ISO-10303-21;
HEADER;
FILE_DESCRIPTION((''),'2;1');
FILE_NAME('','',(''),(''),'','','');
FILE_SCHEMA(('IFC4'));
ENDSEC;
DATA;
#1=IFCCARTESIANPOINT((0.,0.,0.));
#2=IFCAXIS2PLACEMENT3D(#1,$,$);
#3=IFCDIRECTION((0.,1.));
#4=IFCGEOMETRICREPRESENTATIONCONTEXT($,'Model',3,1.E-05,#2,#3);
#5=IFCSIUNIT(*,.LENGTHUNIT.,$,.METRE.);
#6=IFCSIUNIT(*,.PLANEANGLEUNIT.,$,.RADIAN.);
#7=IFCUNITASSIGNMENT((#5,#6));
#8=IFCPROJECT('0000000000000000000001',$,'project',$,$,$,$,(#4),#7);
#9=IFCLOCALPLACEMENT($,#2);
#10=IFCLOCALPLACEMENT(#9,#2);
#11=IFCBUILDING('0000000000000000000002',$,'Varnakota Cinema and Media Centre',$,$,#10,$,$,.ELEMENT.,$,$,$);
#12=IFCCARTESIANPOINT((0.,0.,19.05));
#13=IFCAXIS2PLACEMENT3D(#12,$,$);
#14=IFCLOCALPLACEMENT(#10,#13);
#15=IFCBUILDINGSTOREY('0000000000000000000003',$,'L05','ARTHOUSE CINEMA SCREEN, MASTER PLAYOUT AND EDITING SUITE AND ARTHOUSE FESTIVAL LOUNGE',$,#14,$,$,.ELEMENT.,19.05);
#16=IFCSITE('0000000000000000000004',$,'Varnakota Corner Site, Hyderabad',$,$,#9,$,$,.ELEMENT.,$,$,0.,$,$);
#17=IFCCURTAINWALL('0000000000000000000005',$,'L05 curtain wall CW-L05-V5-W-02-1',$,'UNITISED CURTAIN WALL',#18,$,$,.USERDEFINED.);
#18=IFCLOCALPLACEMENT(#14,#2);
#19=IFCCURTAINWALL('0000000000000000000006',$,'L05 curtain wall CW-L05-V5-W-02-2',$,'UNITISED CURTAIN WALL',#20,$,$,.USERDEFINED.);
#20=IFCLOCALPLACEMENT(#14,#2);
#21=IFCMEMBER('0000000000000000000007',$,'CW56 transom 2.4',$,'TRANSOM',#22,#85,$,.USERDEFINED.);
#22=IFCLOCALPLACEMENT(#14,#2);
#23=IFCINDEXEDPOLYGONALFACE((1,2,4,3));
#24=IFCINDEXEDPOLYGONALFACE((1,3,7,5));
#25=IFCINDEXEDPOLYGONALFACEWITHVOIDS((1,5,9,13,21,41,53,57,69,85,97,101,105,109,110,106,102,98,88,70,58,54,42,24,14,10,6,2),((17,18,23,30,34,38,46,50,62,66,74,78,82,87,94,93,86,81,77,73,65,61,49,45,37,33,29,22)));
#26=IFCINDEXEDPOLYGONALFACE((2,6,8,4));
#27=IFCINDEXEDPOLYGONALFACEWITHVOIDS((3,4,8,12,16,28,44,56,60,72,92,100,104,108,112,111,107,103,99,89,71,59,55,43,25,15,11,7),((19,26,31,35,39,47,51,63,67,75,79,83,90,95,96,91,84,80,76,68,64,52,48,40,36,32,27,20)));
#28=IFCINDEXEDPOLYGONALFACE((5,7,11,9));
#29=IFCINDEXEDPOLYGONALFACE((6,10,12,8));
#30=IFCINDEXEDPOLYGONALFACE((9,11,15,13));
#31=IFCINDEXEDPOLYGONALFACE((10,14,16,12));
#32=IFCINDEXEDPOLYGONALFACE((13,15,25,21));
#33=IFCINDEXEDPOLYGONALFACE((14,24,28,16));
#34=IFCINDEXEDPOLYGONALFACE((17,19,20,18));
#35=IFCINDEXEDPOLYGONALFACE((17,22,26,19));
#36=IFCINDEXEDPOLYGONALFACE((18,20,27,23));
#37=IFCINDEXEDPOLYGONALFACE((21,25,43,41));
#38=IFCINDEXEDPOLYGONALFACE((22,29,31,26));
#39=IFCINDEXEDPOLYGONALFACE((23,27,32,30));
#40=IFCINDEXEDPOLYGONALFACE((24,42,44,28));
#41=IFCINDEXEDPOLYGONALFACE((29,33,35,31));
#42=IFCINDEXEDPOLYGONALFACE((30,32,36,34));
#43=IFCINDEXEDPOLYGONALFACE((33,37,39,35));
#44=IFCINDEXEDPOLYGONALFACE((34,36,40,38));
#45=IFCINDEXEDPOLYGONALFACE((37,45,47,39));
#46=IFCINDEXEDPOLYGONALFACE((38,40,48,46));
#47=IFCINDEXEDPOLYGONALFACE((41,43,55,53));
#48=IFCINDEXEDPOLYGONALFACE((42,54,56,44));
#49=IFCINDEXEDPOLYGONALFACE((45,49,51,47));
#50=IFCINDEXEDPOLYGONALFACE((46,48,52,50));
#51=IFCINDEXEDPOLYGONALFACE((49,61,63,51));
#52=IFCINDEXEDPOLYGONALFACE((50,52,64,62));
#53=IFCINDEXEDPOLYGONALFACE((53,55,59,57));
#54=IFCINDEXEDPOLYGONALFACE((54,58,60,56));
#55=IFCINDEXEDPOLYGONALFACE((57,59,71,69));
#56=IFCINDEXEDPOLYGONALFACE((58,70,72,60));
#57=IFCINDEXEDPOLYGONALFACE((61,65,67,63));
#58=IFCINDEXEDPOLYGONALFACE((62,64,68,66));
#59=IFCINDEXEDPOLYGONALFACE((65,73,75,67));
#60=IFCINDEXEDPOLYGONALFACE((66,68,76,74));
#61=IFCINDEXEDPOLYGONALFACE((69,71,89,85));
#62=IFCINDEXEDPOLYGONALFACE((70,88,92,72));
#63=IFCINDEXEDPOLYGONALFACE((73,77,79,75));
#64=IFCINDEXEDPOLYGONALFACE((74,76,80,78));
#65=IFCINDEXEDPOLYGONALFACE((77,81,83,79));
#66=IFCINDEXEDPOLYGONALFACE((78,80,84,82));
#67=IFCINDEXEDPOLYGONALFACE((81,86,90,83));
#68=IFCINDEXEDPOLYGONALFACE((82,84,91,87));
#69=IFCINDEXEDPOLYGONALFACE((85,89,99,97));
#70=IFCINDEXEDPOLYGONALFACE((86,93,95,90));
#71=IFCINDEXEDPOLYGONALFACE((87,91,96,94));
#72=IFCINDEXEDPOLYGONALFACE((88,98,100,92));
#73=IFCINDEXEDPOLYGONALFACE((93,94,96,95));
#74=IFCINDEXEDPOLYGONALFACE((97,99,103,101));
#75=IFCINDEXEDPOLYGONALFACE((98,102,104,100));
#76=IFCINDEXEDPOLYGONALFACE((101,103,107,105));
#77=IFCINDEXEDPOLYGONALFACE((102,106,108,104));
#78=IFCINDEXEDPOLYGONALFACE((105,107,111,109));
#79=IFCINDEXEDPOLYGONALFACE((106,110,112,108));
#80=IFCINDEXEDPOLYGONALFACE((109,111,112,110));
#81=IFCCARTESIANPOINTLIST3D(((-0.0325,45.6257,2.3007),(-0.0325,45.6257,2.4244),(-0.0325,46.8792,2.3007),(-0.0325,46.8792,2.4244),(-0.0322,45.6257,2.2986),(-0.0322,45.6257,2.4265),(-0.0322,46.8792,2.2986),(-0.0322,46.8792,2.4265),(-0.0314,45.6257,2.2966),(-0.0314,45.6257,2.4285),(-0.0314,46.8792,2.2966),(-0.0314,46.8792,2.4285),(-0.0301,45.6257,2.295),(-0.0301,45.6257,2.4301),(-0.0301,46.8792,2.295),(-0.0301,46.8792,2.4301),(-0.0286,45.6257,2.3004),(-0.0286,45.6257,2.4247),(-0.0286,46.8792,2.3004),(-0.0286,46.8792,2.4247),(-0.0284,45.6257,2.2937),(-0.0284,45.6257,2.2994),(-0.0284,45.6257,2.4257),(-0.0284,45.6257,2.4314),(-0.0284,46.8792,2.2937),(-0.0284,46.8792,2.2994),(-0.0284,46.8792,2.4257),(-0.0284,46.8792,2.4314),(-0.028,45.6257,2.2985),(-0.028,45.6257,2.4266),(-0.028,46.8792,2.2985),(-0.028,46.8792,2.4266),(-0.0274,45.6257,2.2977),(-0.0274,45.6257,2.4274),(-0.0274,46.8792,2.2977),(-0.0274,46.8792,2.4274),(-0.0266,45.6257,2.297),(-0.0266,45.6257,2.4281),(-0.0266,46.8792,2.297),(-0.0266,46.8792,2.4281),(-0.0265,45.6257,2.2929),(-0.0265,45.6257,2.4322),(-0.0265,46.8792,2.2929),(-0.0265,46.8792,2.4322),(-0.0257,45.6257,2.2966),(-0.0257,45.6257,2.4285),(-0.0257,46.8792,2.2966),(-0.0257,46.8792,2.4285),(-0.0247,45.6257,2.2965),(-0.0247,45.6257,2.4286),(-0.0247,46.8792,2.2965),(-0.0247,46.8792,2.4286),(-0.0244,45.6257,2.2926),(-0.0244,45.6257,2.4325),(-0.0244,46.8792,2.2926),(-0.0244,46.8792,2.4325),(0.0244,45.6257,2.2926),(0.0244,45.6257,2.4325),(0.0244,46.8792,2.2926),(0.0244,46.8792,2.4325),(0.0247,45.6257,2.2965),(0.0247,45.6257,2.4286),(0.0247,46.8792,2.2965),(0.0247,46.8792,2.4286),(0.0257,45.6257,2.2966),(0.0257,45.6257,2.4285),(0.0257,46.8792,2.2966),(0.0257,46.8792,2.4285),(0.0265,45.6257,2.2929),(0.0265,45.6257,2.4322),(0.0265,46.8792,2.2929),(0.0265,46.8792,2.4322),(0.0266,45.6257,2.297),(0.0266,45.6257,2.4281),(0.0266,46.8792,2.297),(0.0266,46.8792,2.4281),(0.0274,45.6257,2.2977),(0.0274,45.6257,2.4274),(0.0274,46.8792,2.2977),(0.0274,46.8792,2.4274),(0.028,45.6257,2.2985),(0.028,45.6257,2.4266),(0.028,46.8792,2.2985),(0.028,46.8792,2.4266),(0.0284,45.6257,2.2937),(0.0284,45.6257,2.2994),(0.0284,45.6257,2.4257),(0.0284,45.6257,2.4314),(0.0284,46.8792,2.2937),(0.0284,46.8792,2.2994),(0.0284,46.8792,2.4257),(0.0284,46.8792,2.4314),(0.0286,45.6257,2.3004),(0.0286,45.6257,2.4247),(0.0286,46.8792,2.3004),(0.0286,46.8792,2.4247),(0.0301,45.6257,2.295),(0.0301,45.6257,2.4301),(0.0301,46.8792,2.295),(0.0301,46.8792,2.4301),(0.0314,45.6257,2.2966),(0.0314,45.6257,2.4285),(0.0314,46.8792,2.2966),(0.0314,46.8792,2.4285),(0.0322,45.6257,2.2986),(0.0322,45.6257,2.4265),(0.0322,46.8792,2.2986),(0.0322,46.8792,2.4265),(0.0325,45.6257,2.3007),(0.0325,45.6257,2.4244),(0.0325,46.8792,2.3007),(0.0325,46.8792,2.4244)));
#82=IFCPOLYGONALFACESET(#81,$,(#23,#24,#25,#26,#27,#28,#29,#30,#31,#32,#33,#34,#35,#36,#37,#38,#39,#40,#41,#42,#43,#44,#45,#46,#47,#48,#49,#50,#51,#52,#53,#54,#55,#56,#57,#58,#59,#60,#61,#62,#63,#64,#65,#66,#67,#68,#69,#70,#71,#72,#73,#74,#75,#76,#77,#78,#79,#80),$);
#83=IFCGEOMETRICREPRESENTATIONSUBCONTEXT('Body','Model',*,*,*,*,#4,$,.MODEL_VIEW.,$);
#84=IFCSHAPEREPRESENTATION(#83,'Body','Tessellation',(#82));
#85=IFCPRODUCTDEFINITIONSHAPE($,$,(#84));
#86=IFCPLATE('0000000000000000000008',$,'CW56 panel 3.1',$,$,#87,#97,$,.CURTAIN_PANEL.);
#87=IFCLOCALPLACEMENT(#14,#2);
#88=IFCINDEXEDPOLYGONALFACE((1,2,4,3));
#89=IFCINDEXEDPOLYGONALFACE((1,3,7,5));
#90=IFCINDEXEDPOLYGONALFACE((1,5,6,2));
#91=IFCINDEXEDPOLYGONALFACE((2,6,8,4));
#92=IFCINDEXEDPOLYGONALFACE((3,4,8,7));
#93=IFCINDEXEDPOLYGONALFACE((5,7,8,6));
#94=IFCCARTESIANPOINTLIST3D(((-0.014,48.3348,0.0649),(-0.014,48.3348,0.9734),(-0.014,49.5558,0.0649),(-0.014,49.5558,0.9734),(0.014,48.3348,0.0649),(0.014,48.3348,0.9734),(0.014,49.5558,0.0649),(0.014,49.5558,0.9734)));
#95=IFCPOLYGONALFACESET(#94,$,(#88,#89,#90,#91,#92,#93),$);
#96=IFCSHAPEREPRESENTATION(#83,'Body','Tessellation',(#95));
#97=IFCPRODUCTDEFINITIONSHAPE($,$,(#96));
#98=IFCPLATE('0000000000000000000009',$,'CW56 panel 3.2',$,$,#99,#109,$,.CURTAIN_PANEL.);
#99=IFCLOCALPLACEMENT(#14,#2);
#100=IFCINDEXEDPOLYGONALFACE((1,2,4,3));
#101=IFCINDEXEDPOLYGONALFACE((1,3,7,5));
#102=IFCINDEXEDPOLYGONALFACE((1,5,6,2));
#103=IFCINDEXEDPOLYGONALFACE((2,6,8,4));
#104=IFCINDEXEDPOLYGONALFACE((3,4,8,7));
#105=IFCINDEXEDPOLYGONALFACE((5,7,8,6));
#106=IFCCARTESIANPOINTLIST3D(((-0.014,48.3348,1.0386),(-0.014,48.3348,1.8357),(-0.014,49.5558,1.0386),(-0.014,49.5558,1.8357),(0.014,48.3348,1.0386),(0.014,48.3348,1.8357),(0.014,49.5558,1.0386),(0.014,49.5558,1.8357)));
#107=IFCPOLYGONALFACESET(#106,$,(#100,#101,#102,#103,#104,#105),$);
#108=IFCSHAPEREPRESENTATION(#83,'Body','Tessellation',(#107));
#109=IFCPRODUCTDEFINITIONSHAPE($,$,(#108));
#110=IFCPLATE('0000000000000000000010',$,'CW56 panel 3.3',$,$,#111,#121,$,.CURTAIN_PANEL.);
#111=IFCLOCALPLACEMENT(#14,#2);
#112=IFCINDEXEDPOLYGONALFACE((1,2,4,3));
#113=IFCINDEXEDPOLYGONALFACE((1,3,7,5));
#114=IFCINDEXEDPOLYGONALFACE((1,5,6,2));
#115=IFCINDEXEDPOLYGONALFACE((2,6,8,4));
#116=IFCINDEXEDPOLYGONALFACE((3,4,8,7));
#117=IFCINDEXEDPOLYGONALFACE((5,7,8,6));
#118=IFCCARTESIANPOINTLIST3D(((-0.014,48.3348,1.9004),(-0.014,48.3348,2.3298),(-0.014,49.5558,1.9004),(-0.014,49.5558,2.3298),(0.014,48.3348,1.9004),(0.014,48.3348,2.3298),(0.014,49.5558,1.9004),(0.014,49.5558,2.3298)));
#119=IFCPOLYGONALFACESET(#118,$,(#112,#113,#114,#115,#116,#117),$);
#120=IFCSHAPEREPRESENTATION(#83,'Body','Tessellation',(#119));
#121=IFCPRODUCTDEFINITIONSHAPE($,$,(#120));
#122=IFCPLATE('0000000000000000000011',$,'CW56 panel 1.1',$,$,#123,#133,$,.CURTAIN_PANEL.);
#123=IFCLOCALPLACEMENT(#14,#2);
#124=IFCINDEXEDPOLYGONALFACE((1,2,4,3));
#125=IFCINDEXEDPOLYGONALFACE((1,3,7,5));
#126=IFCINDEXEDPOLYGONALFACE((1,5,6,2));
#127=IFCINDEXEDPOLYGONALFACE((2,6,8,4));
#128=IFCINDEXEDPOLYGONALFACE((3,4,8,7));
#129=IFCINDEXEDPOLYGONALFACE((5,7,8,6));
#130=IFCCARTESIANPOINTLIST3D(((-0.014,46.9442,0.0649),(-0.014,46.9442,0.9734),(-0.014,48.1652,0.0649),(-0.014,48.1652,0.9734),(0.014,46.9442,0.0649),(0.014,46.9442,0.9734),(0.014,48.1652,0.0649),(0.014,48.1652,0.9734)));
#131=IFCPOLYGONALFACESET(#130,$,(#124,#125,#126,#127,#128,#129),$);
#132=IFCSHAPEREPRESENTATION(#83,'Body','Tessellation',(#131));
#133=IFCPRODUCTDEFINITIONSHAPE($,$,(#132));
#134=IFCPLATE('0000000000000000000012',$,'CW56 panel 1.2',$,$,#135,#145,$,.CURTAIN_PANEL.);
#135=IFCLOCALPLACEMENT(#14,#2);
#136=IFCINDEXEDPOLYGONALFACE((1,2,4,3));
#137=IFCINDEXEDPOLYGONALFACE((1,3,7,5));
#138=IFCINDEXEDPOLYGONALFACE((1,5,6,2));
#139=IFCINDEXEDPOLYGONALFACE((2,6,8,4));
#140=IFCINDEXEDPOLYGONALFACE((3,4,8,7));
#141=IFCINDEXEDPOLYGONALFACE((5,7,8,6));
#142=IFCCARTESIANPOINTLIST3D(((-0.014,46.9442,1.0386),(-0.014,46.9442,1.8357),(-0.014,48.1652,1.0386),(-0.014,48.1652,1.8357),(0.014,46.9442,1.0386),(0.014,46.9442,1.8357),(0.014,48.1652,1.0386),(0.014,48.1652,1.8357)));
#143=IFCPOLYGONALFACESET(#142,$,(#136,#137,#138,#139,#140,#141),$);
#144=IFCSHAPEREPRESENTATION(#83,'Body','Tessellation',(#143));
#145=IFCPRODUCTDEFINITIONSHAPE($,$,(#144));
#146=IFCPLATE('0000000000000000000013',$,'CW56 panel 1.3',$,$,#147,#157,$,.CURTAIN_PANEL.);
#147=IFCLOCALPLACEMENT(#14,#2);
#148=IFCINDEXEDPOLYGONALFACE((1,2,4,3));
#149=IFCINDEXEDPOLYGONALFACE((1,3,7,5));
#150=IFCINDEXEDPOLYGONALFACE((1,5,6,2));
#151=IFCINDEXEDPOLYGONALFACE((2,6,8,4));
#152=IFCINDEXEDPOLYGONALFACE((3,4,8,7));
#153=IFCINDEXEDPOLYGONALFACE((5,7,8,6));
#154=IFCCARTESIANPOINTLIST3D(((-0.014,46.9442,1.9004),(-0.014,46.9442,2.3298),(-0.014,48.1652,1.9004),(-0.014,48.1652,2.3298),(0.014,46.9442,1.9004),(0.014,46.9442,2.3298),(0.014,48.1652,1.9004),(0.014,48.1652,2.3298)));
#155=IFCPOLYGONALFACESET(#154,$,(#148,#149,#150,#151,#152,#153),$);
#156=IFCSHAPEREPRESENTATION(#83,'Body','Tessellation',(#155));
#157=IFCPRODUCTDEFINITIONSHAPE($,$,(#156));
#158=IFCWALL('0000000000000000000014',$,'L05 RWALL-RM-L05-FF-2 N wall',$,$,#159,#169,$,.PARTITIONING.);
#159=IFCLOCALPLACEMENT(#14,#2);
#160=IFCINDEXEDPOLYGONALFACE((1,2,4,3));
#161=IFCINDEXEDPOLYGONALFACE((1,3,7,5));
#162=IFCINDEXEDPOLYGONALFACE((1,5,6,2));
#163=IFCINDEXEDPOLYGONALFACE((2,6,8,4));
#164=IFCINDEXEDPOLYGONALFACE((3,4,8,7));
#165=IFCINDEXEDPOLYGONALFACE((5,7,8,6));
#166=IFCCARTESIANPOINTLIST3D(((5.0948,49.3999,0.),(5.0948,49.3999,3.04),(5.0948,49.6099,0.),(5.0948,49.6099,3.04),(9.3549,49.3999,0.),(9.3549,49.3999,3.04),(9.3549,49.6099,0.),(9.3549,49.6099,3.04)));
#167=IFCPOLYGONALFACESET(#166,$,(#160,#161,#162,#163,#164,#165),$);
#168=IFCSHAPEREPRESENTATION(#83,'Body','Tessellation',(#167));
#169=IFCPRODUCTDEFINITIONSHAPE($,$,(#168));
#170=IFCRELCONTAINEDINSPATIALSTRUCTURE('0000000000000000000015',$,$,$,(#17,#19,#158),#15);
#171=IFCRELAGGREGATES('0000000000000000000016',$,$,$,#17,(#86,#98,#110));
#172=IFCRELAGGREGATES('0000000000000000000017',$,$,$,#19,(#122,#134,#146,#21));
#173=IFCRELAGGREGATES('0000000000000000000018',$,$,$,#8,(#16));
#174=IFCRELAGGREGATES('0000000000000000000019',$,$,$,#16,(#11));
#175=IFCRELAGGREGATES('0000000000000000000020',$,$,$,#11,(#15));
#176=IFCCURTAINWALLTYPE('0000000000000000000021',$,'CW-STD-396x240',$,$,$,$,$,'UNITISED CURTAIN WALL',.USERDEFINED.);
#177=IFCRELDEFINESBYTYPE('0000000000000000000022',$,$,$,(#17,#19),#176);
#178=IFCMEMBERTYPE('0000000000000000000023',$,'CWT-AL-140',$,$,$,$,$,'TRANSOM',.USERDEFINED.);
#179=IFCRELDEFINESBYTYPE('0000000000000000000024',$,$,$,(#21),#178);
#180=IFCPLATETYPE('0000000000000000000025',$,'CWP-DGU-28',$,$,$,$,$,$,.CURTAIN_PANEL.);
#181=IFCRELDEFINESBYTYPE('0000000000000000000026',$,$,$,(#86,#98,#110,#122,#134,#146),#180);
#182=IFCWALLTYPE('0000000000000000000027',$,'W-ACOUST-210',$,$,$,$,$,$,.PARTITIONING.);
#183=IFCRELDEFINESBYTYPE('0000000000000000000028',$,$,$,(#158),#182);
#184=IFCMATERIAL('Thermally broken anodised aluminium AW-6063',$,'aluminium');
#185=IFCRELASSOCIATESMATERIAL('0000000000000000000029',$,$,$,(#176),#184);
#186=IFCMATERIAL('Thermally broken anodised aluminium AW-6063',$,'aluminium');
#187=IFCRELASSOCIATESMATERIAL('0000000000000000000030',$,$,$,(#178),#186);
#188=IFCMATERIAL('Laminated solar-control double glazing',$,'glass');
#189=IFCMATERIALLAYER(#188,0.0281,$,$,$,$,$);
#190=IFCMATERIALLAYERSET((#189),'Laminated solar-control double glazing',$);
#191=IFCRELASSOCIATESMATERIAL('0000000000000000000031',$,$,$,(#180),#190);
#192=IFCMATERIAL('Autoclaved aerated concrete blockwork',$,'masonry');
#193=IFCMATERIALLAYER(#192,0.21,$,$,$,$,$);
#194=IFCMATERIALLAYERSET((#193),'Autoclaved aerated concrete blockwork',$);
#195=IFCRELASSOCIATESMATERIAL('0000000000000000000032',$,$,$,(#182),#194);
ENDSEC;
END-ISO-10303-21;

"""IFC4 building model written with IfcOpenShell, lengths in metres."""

from ifc_helpers import new_model, si_unit, direction, frame, frame_2d, origin, origin_2d, place, context, subcontext, project, spatial, rectangle, hollow_rectangle, extrude, material, layer, layer_set, material_profile, profile_set, type_object, element, aggregate, save


model = new_model("IFC4")

# Units and contexts
model_context = context("Model", 3, precision=1e-05, world=origin(), true_north=direction((0.0, 1.0)))
body_context = subcontext(model_context, "Body", "Model", "MODEL_VIEW")
ifc_project = project(units=[si_unit("LENGTHUNIT", "METRE"), si_unit("PLANEANGLEUNIT", "RADIAN")], contexts=[model_context])

# Site, building, storey
site_placement = place(None, origin())
site = spatial("IfcSite", under=ifc_project, at=site_placement, Name="Varnakota Corner Site, Hyderabad", CompositionType="ELEMENT", RefElevation=0.0)
building_placement = place(site_placement, origin())
building = spatial("IfcBuilding", under=site, at=building_placement, Name="Varnakota Cinema and Media Centre", CompositionType="ELEMENT")
storey_placement = place(building_placement, frame((0.0, 0.0, 19.05)))
storey = spatial("IfcBuildingStorey", under=building, at=storey_placement, Name="L05", Description="ARTHOUSE CINEMA SCREEN, MASTER PLAYOUT AND EDITING SUITE AND ARTHOUSE FESTIVAL LOUNGE", CompositionType="ELEMENT", Elevation=19.05)

# Curtain wall
ifc_material_1 = material(Name="Thermally broken anodised aluminium AW-6063", Category="aluminium")
curtain_wall_type = type_object("IfcCurtainWallType", Name="CW-STD-396x240", ElementType="UNITISED CURTAIN WALL", PredefinedType="USERDEFINED", material=ifc_material_1)
curtain_wall_1_placement = place(storey_placement, origin())
curtain_wall_1 = element("IfcCurtainWall", 1, at=curtain_wall_1_placement, inside=storey, type_object=curtain_wall_type, Name="L05 curtain wall CW-L05-V5-W-02-1", ObjectType="UNITISED CURTAIN WALL", PredefinedType="USERDEFINED")

# Curtain wall, member
curtain_wall_2_placement = place(storey_placement, origin())
curtain_wall_2 = element("IfcCurtainWall", 2, at=curtain_wall_2_placement, inside=storey, type_object=curtain_wall_type, Name="L05 curtain wall CW-L05-V5-W-02-2", ObjectType="UNITISED CURTAIN WALL", PredefinedType="USERDEFINED")
ifc_material_2 = material(Name="Thermally broken anodised aluminium AW-6063", Category="aluminium")
ifc_material_profile_1 = material_profile(ifc_material_2, hollow_rectangle(XDim=0.0649, YDim=0.1399, WallThickness=0.0039, InnerFilletRadius=0.0039, OuterFilletRadius=0.0081, at=origin_2d()), Name="AL-TRANSOM 140x65x4")
ifc_profile_set_1 = profile_set([ifc_material_profile_1], Name="Thermally broken anodised aluminium AW-6063")
member_type_1 = type_object("IfcMemberType", Name="CWT-AL-140", ElementType="TRANSOM", PredefinedType="USERDEFINED", material=ifc_profile_set_1)
member_1_placement = place(storey_placement, frame((0.0, 46.8792, 2.3625), z_axis=(0.0, -1.0, 0.0), x_axis=(1.0, 0.0, 0.0)))
member_1 = element("IfcMember", 3, at=member_1_placement, type_object=member_type_1, Name="CW56 transom 2.4", ObjectType="TRANSOM", PredefinedType="USERDEFINED", context=body_context, shape_type="SweptSolid", body=[
    extrude(hollow_rectangle(XDim=0.0649, YDim=0.1399, WallThickness=0.0039, InnerFilletRadius=0.0039, OuterFilletRadius=0.0081, at=origin_2d()), origin(), (0.0, 0.0, 1.0), 1.2534),
])

# Plates
ifc_material_3 = material(Name="Laminated solar-control double glazing", Category="glass")
ifc_layer_1 = layer(ifc_material_3, 0.0281)
ifc_layer_set_1 = layer_set([ifc_layer_1], Name="Laminated solar-control double glazing")
plate_type = type_object("IfcPlateType", Name="CWP-DGU-28", PredefinedType="CURTAIN_PANEL", material=ifc_layer_set_1)
plate_1_placement = place(storey_placement, frame((0.0, 48.9453, 0.0649), z_axis=(0.0, 0.0, 1.0), x_axis=(0.0, -1.0, 0.0)))
plate_1 = element("IfcPlate", 4, at=plate_1_placement, type_object=plate_type, Name="CW56 panel 3.1", PredefinedType="CURTAIN_PANEL", context=body_context, shape_type="SweptSolid", body=[
    extrude(rectangle(XDim=1.2209, YDim=0.0281, at=origin_2d()), origin(), (0.0, 0.0, 1.0), 0.9084),
])
plate_2_placement = place(storey_placement, frame((0.0, 48.9453, 1.0386), z_axis=(0.0, 0.0, 1.0), x_axis=(0.0, -1.0, 0.0)))
plate_2 = element("IfcPlate", 5, at=plate_2_placement, type_object=plate_type, Name="CW56 panel 3.2", PredefinedType="CURTAIN_PANEL", context=body_context, shape_type="SweptSolid", body=[
    extrude(rectangle(XDim=1.2209, YDim=0.0281, at=origin_2d()), origin(), (0.0, 0.0, 1.0), 0.7971),
])
plate_3_placement = place(storey_placement, frame((0.0, 48.9453, 1.9004), z_axis=(0.0, 0.0, 1.0), x_axis=(0.0, -1.0, 0.0)))
plate_3 = element("IfcPlate", 6, at=plate_3_placement, type_object=plate_type, Name="CW56 panel 3.3", PredefinedType="CURTAIN_PANEL", context=body_context, shape_type="SweptSolid", body=[
    extrude(rectangle(XDim=1.2209, YDim=0.0281, at=origin_2d()), origin(), (0.0, 0.0, 1.0), 0.4294),
])
aggregate(curtain_wall_1, [plate_1, plate_2, plate_3])
plate_4_placement = place(storey_placement, frame((0.0, 47.5547, 0.0649), z_axis=(0.0, 0.0, 1.0), x_axis=(0.0, -1.0, 0.0)))
plate_4 = element("IfcPlate", 7, at=plate_4_placement, type_object=plate_type, Name="CW56 panel 1.1", PredefinedType="CURTAIN_PANEL", context=body_context, shape_type="SweptSolid", body=[
    extrude(rectangle(XDim=1.2209, YDim=0.0281, at=origin_2d()), origin(), (0.0, 0.0, 1.0), 0.9084),
])
plate_5_placement = place(storey_placement, frame((0.0, 47.5547, 1.0386), z_axis=(0.0, 0.0, 1.0), x_axis=(0.0, -1.0, 0.0)))
plate_5 = element("IfcPlate", 8, at=plate_5_placement, type_object=plate_type, Name="CW56 panel 1.2", PredefinedType="CURTAIN_PANEL", context=body_context, shape_type="SweptSolid", body=[
    extrude(rectangle(XDim=1.2209, YDim=0.0281, at=origin_2d()), origin(), (0.0, 0.0, 1.0), 0.7971),
])
plate_6_placement = place(storey_placement, frame((0.0, 47.5547, 1.9004), z_axis=(0.0, 0.0, 1.0), x_axis=(0.0, -1.0, 0.0)))
plate_6 = element("IfcPlate", 9, at=plate_6_placement, type_object=plate_type, Name="CW56 panel 1.3", PredefinedType="CURTAIN_PANEL", context=body_context, shape_type="SweptSolid", body=[
    extrude(rectangle(XDim=1.2209, YDim=0.0281, at=origin_2d()), origin(), (0.0, 0.0, 1.0), 0.4294),
])
aggregate(curtain_wall_2, [plate_4, plate_5, plate_6, member_1])

# Wall
ifc_material_4 = material(Name="Autoclaved aerated concrete blockwork", Category="masonry")
ifc_layer_2 = layer(ifc_material_4, 0.21)
ifc_layer_set_2 = layer_set([ifc_layer_2], Name="Autoclaved aerated concrete blockwork")
wall_type = type_object("IfcWallType", Name="W-ACOUST-210", PredefinedType="PARTITIONING", material=ifc_layer_set_2)
wall_placement = place(storey_placement, frame((5.095, 49.5049, 0.0), z_axis=(0.0, 0.0, 1.0), x_axis=(1.0, 0.0, 0.0)))
element("IfcWall", 10, at=wall_placement, inside=storey, type_object=wall_type, Name="L05 RWALL-RM-L05-FF-2 N wall", PredefinedType="PARTITIONING", context=body_context, shape_type="SweptSolid", body=[
    extrude(rectangle(XDim=4.26, YDim=0.21, at=frame_2d((2.1299, 0.0))), origin(), (0.0, 0.0, 1.0), 3.04),
])

save(model, "model.ifc")
